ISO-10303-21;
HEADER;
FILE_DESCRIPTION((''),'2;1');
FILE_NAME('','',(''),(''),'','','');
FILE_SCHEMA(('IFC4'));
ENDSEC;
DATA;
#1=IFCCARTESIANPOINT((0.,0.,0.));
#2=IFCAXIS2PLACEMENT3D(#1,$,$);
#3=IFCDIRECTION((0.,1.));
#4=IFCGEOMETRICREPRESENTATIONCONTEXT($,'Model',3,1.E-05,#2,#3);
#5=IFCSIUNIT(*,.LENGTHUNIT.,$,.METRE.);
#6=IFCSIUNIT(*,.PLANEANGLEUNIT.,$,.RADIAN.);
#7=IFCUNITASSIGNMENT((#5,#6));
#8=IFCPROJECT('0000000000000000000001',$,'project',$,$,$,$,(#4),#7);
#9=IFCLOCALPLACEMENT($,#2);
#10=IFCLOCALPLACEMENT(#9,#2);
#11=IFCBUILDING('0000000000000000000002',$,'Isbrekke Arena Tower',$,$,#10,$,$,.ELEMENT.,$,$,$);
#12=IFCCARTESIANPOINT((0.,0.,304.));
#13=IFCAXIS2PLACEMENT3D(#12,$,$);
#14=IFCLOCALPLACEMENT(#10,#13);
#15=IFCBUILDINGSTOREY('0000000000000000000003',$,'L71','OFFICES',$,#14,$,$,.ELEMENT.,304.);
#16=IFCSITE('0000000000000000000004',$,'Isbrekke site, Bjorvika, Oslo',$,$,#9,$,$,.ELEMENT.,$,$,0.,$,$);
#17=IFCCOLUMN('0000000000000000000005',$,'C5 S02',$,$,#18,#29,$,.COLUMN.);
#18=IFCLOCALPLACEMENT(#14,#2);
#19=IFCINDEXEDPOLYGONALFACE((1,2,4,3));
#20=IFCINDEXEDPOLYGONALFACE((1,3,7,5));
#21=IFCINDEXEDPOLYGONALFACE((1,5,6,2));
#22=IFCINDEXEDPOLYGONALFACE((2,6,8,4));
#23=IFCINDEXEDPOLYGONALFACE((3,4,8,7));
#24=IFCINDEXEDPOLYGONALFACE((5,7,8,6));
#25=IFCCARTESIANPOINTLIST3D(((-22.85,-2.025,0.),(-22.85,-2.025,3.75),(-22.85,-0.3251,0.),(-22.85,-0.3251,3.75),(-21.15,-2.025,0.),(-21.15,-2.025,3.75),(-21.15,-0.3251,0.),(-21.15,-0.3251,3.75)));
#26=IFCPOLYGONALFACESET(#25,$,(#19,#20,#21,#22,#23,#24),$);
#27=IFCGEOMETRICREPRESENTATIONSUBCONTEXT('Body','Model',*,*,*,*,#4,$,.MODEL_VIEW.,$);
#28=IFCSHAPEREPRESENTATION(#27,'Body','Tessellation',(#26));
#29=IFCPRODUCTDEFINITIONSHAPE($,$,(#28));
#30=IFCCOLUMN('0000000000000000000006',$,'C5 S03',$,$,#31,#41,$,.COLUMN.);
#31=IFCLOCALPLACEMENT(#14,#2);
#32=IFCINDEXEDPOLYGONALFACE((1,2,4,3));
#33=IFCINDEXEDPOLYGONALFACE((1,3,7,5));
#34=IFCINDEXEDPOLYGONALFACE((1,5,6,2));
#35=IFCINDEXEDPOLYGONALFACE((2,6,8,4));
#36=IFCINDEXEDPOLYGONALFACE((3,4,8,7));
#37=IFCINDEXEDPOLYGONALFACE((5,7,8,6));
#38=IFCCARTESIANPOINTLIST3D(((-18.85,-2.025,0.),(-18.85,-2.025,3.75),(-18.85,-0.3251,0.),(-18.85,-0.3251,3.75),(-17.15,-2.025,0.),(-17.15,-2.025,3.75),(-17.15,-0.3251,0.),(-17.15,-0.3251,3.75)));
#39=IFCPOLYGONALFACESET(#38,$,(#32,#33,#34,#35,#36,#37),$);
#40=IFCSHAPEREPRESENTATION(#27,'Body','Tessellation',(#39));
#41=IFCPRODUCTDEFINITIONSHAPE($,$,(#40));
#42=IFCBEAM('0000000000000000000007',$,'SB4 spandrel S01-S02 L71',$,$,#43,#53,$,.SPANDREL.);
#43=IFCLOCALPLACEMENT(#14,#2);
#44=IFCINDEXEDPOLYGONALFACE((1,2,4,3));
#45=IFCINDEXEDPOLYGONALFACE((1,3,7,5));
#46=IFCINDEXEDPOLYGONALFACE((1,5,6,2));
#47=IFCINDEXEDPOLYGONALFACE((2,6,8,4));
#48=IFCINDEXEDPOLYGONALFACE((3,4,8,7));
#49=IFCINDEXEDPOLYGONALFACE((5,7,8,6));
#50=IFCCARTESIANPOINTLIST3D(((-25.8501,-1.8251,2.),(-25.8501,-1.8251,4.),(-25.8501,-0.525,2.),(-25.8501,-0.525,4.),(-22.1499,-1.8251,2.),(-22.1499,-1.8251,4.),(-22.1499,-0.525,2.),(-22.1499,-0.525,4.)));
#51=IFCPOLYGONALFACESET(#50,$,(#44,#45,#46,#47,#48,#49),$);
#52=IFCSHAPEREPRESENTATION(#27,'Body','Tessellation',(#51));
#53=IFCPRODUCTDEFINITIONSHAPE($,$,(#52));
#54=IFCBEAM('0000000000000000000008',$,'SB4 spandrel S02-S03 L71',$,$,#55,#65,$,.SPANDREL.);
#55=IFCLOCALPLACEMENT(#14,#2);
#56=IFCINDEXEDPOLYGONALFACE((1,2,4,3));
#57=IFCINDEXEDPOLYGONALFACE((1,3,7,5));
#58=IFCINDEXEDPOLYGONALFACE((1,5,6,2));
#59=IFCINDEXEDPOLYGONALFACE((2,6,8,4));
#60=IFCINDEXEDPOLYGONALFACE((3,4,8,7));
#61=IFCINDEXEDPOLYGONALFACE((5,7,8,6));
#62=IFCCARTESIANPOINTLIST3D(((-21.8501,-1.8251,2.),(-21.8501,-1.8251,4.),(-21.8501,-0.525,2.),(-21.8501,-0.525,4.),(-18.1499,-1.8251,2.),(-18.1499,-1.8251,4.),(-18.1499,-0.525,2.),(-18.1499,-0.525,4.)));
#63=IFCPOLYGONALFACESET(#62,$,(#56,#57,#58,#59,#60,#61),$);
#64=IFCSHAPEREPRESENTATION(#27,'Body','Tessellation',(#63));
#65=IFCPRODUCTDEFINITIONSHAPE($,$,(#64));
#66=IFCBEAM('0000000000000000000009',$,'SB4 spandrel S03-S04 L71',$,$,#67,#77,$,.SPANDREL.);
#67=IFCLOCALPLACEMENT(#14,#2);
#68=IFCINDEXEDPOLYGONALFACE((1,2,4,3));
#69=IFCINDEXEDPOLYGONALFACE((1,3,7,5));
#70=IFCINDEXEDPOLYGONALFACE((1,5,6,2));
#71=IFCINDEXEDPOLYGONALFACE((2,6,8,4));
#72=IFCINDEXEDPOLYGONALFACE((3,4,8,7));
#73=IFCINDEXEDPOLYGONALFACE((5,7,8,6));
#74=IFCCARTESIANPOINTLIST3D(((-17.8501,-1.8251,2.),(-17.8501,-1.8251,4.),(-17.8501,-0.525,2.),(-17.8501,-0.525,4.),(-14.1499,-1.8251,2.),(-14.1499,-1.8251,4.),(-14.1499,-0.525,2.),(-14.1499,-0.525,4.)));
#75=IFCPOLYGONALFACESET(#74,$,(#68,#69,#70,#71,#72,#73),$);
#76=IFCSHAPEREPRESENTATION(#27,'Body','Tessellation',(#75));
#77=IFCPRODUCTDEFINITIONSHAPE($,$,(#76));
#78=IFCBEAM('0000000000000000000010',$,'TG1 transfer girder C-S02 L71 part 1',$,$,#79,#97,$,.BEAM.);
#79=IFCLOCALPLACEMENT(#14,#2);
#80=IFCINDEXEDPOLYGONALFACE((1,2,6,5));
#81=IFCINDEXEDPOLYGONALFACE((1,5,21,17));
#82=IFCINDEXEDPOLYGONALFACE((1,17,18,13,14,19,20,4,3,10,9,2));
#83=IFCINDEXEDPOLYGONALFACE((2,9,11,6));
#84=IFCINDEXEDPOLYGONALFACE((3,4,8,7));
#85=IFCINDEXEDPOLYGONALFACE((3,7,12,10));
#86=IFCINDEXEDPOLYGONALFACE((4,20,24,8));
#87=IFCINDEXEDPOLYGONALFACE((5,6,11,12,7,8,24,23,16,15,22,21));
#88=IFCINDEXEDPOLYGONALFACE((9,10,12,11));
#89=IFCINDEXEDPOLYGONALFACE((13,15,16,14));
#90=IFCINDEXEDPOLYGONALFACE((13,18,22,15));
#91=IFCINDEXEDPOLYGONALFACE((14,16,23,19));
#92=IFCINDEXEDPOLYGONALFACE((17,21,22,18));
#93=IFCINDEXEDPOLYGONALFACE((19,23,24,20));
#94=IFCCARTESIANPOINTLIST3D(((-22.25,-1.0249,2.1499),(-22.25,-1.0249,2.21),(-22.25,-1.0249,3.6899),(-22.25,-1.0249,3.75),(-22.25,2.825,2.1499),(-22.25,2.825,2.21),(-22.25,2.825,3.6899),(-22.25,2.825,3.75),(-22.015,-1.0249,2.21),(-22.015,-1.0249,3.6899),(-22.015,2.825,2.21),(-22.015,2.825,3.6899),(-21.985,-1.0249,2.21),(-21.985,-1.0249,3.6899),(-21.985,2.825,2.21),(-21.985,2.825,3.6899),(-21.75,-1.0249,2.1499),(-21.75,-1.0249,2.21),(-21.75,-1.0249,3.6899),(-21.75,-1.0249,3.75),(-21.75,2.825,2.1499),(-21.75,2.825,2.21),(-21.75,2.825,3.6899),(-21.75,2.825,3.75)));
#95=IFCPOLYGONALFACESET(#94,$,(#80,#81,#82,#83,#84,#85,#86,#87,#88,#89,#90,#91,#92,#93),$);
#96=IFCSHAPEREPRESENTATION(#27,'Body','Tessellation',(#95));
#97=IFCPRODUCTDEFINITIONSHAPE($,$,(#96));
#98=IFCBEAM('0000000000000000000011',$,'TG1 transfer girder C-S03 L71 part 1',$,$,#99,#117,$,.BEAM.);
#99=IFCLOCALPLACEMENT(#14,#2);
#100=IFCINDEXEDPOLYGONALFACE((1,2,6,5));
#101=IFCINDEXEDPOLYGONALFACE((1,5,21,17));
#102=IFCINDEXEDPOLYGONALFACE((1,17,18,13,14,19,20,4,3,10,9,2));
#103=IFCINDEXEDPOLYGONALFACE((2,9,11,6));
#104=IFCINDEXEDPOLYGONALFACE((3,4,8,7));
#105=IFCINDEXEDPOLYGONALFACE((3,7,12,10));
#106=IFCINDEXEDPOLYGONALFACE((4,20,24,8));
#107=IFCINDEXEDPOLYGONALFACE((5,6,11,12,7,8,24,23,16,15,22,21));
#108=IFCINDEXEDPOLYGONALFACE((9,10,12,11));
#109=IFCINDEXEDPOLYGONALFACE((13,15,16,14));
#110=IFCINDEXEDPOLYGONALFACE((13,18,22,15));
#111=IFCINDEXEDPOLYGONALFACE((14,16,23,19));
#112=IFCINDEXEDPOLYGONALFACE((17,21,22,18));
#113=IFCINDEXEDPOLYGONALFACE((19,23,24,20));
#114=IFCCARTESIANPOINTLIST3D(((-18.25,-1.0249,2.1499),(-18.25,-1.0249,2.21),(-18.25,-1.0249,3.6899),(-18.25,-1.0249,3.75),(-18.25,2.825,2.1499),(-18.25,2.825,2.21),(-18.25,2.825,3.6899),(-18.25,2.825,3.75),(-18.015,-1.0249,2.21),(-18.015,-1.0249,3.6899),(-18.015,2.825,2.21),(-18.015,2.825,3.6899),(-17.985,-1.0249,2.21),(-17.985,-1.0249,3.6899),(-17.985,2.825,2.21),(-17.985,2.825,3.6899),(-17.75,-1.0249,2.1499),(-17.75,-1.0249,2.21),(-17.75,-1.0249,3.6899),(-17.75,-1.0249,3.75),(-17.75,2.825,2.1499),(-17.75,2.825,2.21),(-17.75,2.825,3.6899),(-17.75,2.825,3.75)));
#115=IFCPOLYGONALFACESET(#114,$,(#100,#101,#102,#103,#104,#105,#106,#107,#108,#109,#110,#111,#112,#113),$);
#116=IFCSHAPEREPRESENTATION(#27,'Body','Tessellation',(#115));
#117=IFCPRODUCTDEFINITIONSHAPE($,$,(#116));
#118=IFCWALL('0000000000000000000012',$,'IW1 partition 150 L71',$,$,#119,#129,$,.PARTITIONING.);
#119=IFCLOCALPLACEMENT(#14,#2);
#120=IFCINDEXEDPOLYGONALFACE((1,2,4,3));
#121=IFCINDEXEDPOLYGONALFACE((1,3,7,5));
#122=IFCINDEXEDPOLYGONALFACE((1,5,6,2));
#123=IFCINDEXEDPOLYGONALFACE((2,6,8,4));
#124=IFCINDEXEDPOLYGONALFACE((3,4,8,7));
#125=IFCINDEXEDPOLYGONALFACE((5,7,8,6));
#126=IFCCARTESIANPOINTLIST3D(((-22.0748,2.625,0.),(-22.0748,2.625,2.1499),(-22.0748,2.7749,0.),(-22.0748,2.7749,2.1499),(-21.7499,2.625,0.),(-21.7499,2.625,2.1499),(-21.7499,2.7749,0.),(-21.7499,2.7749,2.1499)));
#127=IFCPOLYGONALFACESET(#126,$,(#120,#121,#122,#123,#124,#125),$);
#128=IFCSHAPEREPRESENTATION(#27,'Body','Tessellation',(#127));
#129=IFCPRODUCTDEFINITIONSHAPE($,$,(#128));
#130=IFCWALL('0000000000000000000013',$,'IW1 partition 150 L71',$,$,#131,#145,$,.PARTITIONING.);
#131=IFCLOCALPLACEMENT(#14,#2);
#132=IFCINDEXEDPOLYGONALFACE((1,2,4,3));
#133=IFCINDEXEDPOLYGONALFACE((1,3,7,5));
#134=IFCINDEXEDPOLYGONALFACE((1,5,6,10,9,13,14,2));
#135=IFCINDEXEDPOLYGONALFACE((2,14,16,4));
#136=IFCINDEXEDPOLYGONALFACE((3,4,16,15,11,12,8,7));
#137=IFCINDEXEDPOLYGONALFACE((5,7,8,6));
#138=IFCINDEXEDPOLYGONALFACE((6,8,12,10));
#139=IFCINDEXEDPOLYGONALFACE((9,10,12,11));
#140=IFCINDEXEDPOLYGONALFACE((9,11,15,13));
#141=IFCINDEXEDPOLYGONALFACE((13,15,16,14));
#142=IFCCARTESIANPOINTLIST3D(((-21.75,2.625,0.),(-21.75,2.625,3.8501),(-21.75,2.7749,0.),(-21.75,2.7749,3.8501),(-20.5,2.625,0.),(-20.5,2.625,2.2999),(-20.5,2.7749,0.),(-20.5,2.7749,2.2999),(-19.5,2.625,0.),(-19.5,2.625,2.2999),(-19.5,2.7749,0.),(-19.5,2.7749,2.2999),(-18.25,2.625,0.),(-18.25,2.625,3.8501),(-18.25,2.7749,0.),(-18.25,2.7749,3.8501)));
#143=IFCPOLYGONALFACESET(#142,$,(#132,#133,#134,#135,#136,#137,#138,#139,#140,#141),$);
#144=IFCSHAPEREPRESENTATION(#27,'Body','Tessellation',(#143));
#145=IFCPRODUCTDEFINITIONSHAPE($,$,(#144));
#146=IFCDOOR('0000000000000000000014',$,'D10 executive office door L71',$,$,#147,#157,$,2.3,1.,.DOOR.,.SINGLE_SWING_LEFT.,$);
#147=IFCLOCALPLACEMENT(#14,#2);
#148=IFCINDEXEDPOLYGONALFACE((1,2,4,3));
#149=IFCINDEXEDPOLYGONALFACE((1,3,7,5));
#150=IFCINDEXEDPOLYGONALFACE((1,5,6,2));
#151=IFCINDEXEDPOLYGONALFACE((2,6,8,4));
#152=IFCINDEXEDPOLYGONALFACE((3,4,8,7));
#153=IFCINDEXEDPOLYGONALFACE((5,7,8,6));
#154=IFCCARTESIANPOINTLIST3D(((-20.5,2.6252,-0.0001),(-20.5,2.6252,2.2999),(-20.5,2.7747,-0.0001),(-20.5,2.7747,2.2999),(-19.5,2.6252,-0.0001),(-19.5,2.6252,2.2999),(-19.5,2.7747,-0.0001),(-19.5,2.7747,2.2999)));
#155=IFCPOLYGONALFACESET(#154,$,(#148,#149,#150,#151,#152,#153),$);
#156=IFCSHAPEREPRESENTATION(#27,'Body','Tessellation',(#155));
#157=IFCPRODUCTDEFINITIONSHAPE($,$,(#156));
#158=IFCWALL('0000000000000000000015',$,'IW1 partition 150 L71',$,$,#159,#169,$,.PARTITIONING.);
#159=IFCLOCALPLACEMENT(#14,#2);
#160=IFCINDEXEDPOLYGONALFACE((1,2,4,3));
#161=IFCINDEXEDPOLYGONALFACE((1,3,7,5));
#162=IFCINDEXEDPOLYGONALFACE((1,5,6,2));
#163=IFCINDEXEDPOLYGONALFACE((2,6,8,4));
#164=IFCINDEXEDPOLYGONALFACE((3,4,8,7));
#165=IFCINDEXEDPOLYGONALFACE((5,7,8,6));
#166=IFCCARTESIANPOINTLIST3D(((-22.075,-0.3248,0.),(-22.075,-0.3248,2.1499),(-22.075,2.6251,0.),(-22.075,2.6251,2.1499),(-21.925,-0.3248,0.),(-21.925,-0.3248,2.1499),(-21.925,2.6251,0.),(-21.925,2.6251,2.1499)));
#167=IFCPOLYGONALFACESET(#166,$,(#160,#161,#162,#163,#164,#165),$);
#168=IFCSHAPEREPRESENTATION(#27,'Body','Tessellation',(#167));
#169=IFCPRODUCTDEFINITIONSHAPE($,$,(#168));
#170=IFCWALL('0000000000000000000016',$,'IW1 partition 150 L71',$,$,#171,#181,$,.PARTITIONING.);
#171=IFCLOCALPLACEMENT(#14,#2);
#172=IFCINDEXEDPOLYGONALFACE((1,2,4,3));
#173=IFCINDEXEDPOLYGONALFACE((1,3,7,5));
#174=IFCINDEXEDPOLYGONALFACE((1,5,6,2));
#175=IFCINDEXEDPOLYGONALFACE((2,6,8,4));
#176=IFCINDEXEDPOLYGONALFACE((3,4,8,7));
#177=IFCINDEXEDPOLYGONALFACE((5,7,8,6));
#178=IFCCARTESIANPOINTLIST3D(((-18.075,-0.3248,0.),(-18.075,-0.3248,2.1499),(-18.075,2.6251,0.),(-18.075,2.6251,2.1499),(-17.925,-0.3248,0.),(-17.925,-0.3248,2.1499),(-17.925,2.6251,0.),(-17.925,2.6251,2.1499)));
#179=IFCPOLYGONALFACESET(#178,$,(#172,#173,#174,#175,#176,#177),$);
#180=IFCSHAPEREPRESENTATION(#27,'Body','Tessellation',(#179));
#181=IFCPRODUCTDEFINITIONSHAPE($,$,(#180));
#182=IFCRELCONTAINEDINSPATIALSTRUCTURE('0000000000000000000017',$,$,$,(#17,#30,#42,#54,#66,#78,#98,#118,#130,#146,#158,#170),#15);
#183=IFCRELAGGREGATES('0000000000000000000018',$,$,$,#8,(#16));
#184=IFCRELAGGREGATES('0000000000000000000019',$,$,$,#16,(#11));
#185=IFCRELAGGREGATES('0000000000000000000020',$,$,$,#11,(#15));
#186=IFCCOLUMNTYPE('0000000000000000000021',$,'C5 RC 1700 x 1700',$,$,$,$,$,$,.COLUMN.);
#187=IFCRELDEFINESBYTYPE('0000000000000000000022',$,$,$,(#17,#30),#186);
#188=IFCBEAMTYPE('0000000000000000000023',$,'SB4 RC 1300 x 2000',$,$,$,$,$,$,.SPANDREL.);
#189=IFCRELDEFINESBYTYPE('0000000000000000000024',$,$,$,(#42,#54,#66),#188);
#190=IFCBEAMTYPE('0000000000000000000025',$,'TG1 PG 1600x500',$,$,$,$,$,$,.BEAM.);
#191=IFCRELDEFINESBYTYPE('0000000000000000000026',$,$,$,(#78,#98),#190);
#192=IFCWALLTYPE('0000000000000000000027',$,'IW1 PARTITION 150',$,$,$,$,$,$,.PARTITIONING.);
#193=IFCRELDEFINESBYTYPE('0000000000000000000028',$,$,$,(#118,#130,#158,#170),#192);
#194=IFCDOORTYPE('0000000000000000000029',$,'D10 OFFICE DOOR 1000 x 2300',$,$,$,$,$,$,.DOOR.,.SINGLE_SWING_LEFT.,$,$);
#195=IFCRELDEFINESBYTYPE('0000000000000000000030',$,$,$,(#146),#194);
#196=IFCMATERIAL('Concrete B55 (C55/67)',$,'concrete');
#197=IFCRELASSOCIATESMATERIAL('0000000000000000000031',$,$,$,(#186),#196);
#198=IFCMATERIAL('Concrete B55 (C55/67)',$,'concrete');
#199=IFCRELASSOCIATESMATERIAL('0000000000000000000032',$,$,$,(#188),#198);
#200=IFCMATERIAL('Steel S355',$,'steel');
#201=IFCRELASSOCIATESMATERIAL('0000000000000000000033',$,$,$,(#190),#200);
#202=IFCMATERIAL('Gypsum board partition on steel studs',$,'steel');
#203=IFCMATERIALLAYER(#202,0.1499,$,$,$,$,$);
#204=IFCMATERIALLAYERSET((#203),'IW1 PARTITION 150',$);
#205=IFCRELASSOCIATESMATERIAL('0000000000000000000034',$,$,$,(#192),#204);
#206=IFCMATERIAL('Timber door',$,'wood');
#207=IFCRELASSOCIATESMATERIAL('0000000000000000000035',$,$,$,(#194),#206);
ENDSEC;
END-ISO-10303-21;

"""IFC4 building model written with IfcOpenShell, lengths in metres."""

from ifc_helpers import new_model, si_unit, direction, frame, frame_2d, origin, origin_2d, place, context, subcontext, project, spatial, rectangle, i_section, extrude, material, layer, layer_set, material_profile, profile_set, type_object, element, fill, save


model = new_model("IFC4")

# Units and contexts
model_context = context("Model", 3, precision=1e-05, world=origin(), true_north=direction((0.0, 1.0)))
body_context = subcontext(model_context, "Body", "Model", "MODEL_VIEW")
ifc_project = project(units=[si_unit("LENGTHUNIT", "METRE"), si_unit("PLANEANGLEUNIT", "RADIAN")], contexts=[model_context])

# Site, building, storey
site_placement = place(None, origin())
site = spatial("IfcSite", under=ifc_project, at=site_placement, Name="Isbrekke site, Bjorvika, Oslo", CompositionType="ELEMENT", RefElevation=0.0)
building_placement = place(site_placement, origin())
building = spatial("IfcBuilding", under=site, at=building_placement, Name="Isbrekke Arena Tower", CompositionType="ELEMENT")
storey_placement = place(building_placement, frame((0.0, 0.0, 304.0)))
storey = spatial("IfcBuildingStorey", under=building, at=storey_placement, Name="L71", Description="OFFICES", CompositionType="ELEMENT", Elevation=304.0)

# Columns
ifc_material_1 = material(Name="Concrete B55 (C55/67)", Category="concrete")
ifc_material_profile_1 = material_profile(ifc_material_1, rectangle(XDim=1.7, YDim=1.7, at=origin_2d()), Name="RC 1700x1700")
ifc_profile_set_1 = profile_set([ifc_material_profile_1], Name="Concrete B55 (C55/67)")
column_type = type_object("IfcColumnType", Name="C5 RC 1700 x 1700", PredefinedType="COLUMN", material=ifc_profile_set_1)
for number, where, z_axis, x_axis, name in (
    (1, (-22.0, -1.175, 0.0), (0.0, 0.0, 1.0), (1.0, 0.0, 0.0), "C5 S02"),
    (2, (-18.0, -1.175, 0.0), (0.0, 0.0, 1.0), (1.0, 0.0, 0.0), "C5 S03"),
):
    element("IfcColumn", number, at=place(storey_placement, frame(where, z_axis=z_axis, x_axis=x_axis)), inside=storey, type_object=column_type, Name=name, PredefinedType="COLUMN", context=body_context, shape_type="SweptSolid", body=[
        extrude(rectangle(XDim=1.7, YDim=1.7, at=origin_2d()), origin(), (0.0, 0.0, 1.0), 3.75),
    ])

# Beams
ifc_material_2 = material(Name="Concrete B55 (C55/67)", Category="concrete")
ifc_material_profile_2 = material_profile(ifc_material_2, rectangle(XDim=1.3, YDim=2.0, at=origin_2d()), Name="RC 1300x2000")
ifc_profile_set_2 = profile_set([ifc_material_profile_2], Name="Concrete B55 (C55/67)")
beam_type_1 = type_object("IfcBeamType", Name="SB4 RC 1300 x 2000", PredefinedType="SPANDREL", material=ifc_profile_set_2)
for number, where, z_axis, x_axis, name in (
    (3, (-25.8501, -1.175, 3.0), (1.0, 0.0, 0.0), (0.0, 1.0, 0.0), "SB4 spandrel S01-S02 L71"),
    (4, (-21.8501, -1.175, 3.0), (1.0, 0.0, 0.0), (0.0, 1.0, 0.0), "SB4 spandrel S02-S03 L71"),
    (5, (-17.8501, -1.175, 3.0), (1.0, 0.0, 0.0), (0.0, 1.0, 0.0), "SB4 spandrel S03-S04 L71"),
):
    element("IfcBeam", number, at=place(storey_placement, frame(where, z_axis=z_axis, x_axis=x_axis)), inside=storey, type_object=beam_type_1, Name=name, PredefinedType="SPANDREL", context=body_context, shape_type="SweptSolid", body=[
        extrude(rectangle(XDim=1.3, YDim=2.0, at=origin_2d()), origin(), (0.0, 0.0, 1.0), 3.7002),
    ])
ifc_material_3 = material(Name="Steel S355", Category="steel")
ifc_material_profile_3 = material_profile(ifc_material_3, i_section(OverallWidth=0.5, OverallDepth=1.6001, WebThickness=0.03, FlangeThickness=0.0601, at=origin_2d()), Name="PG 1600x500")
ifc_profile_set_3 = profile_set([ifc_material_profile_3], Name="Steel S355")
beam_type_2 = type_object("IfcBeamType", Name="TG1 PG 1600x500", PredefinedType="BEAM", material=ifc_profile_set_3)
for number, where, z_axis, x_axis, name in (
    (6, (-22.0, -1.0249, 2.95), (0.0, 1.0, 0.0), (-1.0, 0.0, 0.0), "TG1 transfer girder C-S02 L71 part 1"),
    (7, (-18.0, -1.0249, 2.95), (0.0, 1.0, 0.0), (-1.0, 0.0, 0.0), "TG1 transfer girder C-S03 L71 part 1"),
):
    element("IfcBeam", number, at=place(storey_placement, frame(where, z_axis=z_axis, x_axis=x_axis)), inside=storey, type_object=beam_type_2, Name=name, PredefinedType="BEAM", context=body_context, shape_type="SweptSolid", body=[
        extrude(i_section(OverallWidth=0.5, OverallDepth=1.6001, WebThickness=0.03, FlangeThickness=0.0601, at=origin_2d()), origin(), (0.0, 0.0, 1.0), 3.8499),
    ])

# Wall
ifc_material_4 = material(Name="Gypsum board partition on steel studs", Category="steel")
ifc_layer = layer(ifc_material_4, 0.1499)
ifc_layer_set = layer_set([ifc_layer], Name="IW1 PARTITION 150")
wall_type = type_object("IfcWallType", Name="IW1 PARTITION 150", PredefinedType="PARTITIONING", material=ifc_layer_set)
wall_1_placement = place(storey_placement, frame((-22.075, 2.7, 0.0), z_axis=(0.0, 0.0, 1.0), x_axis=(1.0, 0.0, 0.0)))
element("IfcWall", 8, at=wall_1_placement, inside=storey, type_object=wall_type, Name="IW1 partition 150 L71", PredefinedType="PARTITIONING", context=body_context, shape_type="SweptSolid", body=[
    extrude(rectangle(XDim=0.325, YDim=0.1499, at=frame_2d((0.1626, 0.0))), origin(), (0.0, 0.0, 1.0), 2.1499),
])

# Wall, opening, door
wall_2_placement = place(storey_placement, frame((-21.75, 2.7, 0.0), z_axis=(0.0, 0.0, 1.0), x_axis=(1.0, 0.0, 0.0)))
wall_2 = element("IfcWall", 9, at=wall_2_placement, inside=storey, type_object=wall_type, Name="IW1 partition 150 L71", PredefinedType="PARTITIONING", context=body_context, shape_type="SweptSolid", body=[
    extrude(rectangle(XDim=3.5, YDim=0.1499, at=frame_2d((1.75, 0.0))), origin(), (0.0, 0.0, 1.0), 3.8501),
])
opening_placement = place(wall_2_placement, frame((1.25, 0.0, 0.0)))
opening = element("IfcOpeningElement", 10, at=opening_placement, cuts=wall_2, PredefinedType="OPENING", context=body_context, shape_type="SweptSolid", body=[
    extrude(rectangle(XDim=1.0, YDim=2.3, at=frame_2d((0.5, 1.1499))), frame((0.0, 0.0898, 0.0), z_axis=(0.0, -1.0, 0.0), x_axis=(1.0, 0.0, 0.0)), (0.0, 0.0, 1.0), 0.1797),
])
ifc_material_5 = material(Name="Timber door", Category="wood")
door_type = type_object("IfcDoorType", Name="D10 OFFICE DOOR 1000 x 2300", OperationType="SINGLE_SWING_LEFT", PredefinedType="DOOR", material=ifc_material_5)
door_placement = place(opening_placement, origin())
door = element("IfcDoor", 11, at=door_placement, inside=storey, type_object=door_type, Name="D10 executive office door L71", OperationType="SINGLE_SWING_LEFT", OverallHeight=2.3, OverallWidth=1.0, PredefinedType="DOOR", context=body_context, shape_type="SweptSolid", body=[
    extrude(rectangle(XDim=1.0, YDim=2.3, at=frame_2d((0.5, 1.1499))), frame((0.0, 0.0747, 0.0), z_axis=(0.0, -1.0, 0.0), x_axis=(1.0, 0.0, 0.0)), (0.0, 0.0, 1.0), 0.1494),
])
fill(opening, door)

# Walls
for number, where, z_axis, x_axis, name in (
    (12, (-22.0, -0.325, 0.0), (0.0, 0.0, 1.0), (0.0, 1.0, 0.0), "IW1 partition 150 L71"),
    (13, (-18.0, -0.325, 0.0), (0.0, 0.0, 1.0), (0.0, 1.0, 0.0), "IW1 partition 150 L71"),
):
    element("IfcWall", number, at=place(storey_placement, frame(where, z_axis=z_axis, x_axis=x_axis)), inside=storey, type_object=wall_type, Name=name, PredefinedType="PARTITIONING", context=body_context, shape_type="SweptSolid", body=[
        extrude(rectangle(XDim=2.95, YDim=0.1499, at=frame_2d((1.4751, 0.0))), origin(), (0.0, 0.0, 1.0), 2.1499),
    ])

save(model, "model.ifc")
